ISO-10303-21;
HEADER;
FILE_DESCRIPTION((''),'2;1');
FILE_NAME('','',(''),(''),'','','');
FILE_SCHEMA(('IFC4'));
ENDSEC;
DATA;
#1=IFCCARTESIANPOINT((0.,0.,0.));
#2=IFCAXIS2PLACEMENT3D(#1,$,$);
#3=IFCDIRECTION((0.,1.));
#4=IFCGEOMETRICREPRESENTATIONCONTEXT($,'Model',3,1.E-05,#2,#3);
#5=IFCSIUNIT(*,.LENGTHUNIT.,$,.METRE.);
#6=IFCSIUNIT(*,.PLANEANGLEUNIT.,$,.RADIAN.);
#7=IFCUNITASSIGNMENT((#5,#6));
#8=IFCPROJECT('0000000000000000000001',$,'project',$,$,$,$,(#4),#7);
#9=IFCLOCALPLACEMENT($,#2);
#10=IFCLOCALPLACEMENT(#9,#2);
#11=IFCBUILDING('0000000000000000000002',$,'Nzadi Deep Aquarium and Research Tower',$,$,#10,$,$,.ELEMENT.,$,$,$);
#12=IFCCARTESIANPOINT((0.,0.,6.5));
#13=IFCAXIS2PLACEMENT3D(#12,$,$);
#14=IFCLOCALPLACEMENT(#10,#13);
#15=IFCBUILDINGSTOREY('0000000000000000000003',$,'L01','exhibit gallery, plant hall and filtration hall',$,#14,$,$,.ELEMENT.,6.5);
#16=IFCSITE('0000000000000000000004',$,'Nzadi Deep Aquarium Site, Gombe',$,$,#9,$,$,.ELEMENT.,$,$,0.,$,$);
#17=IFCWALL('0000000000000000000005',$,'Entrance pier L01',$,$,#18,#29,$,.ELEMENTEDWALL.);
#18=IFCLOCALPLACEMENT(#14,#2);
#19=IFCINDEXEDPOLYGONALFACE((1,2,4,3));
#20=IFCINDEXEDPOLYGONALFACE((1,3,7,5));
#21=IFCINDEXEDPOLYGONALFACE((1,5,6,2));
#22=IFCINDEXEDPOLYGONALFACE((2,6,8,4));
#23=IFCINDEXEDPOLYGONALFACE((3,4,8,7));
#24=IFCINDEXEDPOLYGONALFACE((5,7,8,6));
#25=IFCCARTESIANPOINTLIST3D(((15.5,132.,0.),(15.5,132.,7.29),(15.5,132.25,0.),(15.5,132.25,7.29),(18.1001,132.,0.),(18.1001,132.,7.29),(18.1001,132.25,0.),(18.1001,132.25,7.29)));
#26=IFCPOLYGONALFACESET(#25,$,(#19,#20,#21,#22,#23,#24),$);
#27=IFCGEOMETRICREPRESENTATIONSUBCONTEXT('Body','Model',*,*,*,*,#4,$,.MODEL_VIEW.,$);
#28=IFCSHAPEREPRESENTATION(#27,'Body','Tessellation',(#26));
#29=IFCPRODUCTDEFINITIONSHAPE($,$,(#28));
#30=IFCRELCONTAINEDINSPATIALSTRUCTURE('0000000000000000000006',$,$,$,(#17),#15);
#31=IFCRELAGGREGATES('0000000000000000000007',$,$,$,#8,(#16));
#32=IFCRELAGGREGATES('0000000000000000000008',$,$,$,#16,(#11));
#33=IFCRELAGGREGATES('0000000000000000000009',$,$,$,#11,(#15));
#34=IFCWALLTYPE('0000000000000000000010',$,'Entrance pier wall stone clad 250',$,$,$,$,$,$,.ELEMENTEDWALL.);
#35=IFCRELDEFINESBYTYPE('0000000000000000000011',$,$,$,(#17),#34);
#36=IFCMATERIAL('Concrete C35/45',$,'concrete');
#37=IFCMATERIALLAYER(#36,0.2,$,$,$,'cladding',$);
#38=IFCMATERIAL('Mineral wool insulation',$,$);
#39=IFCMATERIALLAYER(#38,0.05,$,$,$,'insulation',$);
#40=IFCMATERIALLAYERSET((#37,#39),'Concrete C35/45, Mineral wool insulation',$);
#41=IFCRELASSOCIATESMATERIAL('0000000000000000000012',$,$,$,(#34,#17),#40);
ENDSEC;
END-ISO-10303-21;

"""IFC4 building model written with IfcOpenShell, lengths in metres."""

from ifc_helpers import new_model, si_unit, direction, frame, frame_2d, origin, place, context, subcontext, project, spatial, rectangle, extrude, material, layer, layer_set, layer_usage, type_object, element, save


model = new_model("IFC4")

# Units and contexts
model_context = context("Model", 3, precision=1e-05, world=origin(), true_north=direction((0.0, 1.0)))
body_context = subcontext(model_context, "Body", "Model", "MODEL_VIEW")
ifc_project = project(units=[si_unit("LENGTHUNIT", "METRE"), si_unit("PLANEANGLEUNIT", "RADIAN")], contexts=[model_context])

# Site, building, storey
site_placement = place(None, origin())
site = spatial("IfcSite", under=ifc_project, at=site_placement, Name="Nzadi Deep Aquarium Site, Gombe", CompositionType="ELEMENT", RefElevation=0.0)
building_placement = place(site_placement, origin())
building = spatial("IfcBuilding", under=site, at=building_placement, Name="Nzadi Deep Aquarium and Research Tower", CompositionType="ELEMENT")
storey_placement = place(building_placement, frame((0.0, 0.0, 6.5)))
storey = spatial("IfcBuildingStorey", under=building, at=storey_placement, Name="L01", Description="exhibit gallery, plant hall and filtration hall", CompositionType="ELEMENT", Elevation=6.5)

# Wall
ifc_material_1 = material(Name="Concrete C35/45", Category="concrete")
ifc_layer_1 = layer(ifc_material_1, 0.2, Category="cladding")
ifc_material_2 = material(Name="Mineral wool insulation")
ifc_layer_2 = layer(ifc_material_2, 0.05, Category="insulation")
ifc_layer_set_1 = layer_set([ifc_layer_1, ifc_layer_2], Name="Concrete C35/45, Mineral wool insulation")
wall_type = type_object("IfcWallType", Name="Entrance pier wall stone clad 250", PredefinedType="ELEMENTEDWALL", material=ifc_layer_set_1)
ifc_layer_usage_1 = layer_usage(ifc_layer_set_1, "AXIS2", "POSITIVE", -0.125)
wall_1_placement = place(storey_placement, frame((18.1001, 132.125, 0.0), z_axis=(0.0, 0.0, 1.0), x_axis=(-1.0, 0.0, 0.0)))
element("IfcWall", 1, at=wall_1_placement, inside=storey, type_object=wall_type, material=ifc_layer_usage_1, Name="Entrance pier L01", PredefinedType="ELEMENTEDWALL", context=body_context, shape_type="SweptSolid", body=[
    extrude(rectangle(XDim=2.6001, YDim=0.25, at=frame_2d((1.3, 0.0))), origin(), (0.0, 0.0, 1.0), 7.29),
])

save(model, "model.ifc")
